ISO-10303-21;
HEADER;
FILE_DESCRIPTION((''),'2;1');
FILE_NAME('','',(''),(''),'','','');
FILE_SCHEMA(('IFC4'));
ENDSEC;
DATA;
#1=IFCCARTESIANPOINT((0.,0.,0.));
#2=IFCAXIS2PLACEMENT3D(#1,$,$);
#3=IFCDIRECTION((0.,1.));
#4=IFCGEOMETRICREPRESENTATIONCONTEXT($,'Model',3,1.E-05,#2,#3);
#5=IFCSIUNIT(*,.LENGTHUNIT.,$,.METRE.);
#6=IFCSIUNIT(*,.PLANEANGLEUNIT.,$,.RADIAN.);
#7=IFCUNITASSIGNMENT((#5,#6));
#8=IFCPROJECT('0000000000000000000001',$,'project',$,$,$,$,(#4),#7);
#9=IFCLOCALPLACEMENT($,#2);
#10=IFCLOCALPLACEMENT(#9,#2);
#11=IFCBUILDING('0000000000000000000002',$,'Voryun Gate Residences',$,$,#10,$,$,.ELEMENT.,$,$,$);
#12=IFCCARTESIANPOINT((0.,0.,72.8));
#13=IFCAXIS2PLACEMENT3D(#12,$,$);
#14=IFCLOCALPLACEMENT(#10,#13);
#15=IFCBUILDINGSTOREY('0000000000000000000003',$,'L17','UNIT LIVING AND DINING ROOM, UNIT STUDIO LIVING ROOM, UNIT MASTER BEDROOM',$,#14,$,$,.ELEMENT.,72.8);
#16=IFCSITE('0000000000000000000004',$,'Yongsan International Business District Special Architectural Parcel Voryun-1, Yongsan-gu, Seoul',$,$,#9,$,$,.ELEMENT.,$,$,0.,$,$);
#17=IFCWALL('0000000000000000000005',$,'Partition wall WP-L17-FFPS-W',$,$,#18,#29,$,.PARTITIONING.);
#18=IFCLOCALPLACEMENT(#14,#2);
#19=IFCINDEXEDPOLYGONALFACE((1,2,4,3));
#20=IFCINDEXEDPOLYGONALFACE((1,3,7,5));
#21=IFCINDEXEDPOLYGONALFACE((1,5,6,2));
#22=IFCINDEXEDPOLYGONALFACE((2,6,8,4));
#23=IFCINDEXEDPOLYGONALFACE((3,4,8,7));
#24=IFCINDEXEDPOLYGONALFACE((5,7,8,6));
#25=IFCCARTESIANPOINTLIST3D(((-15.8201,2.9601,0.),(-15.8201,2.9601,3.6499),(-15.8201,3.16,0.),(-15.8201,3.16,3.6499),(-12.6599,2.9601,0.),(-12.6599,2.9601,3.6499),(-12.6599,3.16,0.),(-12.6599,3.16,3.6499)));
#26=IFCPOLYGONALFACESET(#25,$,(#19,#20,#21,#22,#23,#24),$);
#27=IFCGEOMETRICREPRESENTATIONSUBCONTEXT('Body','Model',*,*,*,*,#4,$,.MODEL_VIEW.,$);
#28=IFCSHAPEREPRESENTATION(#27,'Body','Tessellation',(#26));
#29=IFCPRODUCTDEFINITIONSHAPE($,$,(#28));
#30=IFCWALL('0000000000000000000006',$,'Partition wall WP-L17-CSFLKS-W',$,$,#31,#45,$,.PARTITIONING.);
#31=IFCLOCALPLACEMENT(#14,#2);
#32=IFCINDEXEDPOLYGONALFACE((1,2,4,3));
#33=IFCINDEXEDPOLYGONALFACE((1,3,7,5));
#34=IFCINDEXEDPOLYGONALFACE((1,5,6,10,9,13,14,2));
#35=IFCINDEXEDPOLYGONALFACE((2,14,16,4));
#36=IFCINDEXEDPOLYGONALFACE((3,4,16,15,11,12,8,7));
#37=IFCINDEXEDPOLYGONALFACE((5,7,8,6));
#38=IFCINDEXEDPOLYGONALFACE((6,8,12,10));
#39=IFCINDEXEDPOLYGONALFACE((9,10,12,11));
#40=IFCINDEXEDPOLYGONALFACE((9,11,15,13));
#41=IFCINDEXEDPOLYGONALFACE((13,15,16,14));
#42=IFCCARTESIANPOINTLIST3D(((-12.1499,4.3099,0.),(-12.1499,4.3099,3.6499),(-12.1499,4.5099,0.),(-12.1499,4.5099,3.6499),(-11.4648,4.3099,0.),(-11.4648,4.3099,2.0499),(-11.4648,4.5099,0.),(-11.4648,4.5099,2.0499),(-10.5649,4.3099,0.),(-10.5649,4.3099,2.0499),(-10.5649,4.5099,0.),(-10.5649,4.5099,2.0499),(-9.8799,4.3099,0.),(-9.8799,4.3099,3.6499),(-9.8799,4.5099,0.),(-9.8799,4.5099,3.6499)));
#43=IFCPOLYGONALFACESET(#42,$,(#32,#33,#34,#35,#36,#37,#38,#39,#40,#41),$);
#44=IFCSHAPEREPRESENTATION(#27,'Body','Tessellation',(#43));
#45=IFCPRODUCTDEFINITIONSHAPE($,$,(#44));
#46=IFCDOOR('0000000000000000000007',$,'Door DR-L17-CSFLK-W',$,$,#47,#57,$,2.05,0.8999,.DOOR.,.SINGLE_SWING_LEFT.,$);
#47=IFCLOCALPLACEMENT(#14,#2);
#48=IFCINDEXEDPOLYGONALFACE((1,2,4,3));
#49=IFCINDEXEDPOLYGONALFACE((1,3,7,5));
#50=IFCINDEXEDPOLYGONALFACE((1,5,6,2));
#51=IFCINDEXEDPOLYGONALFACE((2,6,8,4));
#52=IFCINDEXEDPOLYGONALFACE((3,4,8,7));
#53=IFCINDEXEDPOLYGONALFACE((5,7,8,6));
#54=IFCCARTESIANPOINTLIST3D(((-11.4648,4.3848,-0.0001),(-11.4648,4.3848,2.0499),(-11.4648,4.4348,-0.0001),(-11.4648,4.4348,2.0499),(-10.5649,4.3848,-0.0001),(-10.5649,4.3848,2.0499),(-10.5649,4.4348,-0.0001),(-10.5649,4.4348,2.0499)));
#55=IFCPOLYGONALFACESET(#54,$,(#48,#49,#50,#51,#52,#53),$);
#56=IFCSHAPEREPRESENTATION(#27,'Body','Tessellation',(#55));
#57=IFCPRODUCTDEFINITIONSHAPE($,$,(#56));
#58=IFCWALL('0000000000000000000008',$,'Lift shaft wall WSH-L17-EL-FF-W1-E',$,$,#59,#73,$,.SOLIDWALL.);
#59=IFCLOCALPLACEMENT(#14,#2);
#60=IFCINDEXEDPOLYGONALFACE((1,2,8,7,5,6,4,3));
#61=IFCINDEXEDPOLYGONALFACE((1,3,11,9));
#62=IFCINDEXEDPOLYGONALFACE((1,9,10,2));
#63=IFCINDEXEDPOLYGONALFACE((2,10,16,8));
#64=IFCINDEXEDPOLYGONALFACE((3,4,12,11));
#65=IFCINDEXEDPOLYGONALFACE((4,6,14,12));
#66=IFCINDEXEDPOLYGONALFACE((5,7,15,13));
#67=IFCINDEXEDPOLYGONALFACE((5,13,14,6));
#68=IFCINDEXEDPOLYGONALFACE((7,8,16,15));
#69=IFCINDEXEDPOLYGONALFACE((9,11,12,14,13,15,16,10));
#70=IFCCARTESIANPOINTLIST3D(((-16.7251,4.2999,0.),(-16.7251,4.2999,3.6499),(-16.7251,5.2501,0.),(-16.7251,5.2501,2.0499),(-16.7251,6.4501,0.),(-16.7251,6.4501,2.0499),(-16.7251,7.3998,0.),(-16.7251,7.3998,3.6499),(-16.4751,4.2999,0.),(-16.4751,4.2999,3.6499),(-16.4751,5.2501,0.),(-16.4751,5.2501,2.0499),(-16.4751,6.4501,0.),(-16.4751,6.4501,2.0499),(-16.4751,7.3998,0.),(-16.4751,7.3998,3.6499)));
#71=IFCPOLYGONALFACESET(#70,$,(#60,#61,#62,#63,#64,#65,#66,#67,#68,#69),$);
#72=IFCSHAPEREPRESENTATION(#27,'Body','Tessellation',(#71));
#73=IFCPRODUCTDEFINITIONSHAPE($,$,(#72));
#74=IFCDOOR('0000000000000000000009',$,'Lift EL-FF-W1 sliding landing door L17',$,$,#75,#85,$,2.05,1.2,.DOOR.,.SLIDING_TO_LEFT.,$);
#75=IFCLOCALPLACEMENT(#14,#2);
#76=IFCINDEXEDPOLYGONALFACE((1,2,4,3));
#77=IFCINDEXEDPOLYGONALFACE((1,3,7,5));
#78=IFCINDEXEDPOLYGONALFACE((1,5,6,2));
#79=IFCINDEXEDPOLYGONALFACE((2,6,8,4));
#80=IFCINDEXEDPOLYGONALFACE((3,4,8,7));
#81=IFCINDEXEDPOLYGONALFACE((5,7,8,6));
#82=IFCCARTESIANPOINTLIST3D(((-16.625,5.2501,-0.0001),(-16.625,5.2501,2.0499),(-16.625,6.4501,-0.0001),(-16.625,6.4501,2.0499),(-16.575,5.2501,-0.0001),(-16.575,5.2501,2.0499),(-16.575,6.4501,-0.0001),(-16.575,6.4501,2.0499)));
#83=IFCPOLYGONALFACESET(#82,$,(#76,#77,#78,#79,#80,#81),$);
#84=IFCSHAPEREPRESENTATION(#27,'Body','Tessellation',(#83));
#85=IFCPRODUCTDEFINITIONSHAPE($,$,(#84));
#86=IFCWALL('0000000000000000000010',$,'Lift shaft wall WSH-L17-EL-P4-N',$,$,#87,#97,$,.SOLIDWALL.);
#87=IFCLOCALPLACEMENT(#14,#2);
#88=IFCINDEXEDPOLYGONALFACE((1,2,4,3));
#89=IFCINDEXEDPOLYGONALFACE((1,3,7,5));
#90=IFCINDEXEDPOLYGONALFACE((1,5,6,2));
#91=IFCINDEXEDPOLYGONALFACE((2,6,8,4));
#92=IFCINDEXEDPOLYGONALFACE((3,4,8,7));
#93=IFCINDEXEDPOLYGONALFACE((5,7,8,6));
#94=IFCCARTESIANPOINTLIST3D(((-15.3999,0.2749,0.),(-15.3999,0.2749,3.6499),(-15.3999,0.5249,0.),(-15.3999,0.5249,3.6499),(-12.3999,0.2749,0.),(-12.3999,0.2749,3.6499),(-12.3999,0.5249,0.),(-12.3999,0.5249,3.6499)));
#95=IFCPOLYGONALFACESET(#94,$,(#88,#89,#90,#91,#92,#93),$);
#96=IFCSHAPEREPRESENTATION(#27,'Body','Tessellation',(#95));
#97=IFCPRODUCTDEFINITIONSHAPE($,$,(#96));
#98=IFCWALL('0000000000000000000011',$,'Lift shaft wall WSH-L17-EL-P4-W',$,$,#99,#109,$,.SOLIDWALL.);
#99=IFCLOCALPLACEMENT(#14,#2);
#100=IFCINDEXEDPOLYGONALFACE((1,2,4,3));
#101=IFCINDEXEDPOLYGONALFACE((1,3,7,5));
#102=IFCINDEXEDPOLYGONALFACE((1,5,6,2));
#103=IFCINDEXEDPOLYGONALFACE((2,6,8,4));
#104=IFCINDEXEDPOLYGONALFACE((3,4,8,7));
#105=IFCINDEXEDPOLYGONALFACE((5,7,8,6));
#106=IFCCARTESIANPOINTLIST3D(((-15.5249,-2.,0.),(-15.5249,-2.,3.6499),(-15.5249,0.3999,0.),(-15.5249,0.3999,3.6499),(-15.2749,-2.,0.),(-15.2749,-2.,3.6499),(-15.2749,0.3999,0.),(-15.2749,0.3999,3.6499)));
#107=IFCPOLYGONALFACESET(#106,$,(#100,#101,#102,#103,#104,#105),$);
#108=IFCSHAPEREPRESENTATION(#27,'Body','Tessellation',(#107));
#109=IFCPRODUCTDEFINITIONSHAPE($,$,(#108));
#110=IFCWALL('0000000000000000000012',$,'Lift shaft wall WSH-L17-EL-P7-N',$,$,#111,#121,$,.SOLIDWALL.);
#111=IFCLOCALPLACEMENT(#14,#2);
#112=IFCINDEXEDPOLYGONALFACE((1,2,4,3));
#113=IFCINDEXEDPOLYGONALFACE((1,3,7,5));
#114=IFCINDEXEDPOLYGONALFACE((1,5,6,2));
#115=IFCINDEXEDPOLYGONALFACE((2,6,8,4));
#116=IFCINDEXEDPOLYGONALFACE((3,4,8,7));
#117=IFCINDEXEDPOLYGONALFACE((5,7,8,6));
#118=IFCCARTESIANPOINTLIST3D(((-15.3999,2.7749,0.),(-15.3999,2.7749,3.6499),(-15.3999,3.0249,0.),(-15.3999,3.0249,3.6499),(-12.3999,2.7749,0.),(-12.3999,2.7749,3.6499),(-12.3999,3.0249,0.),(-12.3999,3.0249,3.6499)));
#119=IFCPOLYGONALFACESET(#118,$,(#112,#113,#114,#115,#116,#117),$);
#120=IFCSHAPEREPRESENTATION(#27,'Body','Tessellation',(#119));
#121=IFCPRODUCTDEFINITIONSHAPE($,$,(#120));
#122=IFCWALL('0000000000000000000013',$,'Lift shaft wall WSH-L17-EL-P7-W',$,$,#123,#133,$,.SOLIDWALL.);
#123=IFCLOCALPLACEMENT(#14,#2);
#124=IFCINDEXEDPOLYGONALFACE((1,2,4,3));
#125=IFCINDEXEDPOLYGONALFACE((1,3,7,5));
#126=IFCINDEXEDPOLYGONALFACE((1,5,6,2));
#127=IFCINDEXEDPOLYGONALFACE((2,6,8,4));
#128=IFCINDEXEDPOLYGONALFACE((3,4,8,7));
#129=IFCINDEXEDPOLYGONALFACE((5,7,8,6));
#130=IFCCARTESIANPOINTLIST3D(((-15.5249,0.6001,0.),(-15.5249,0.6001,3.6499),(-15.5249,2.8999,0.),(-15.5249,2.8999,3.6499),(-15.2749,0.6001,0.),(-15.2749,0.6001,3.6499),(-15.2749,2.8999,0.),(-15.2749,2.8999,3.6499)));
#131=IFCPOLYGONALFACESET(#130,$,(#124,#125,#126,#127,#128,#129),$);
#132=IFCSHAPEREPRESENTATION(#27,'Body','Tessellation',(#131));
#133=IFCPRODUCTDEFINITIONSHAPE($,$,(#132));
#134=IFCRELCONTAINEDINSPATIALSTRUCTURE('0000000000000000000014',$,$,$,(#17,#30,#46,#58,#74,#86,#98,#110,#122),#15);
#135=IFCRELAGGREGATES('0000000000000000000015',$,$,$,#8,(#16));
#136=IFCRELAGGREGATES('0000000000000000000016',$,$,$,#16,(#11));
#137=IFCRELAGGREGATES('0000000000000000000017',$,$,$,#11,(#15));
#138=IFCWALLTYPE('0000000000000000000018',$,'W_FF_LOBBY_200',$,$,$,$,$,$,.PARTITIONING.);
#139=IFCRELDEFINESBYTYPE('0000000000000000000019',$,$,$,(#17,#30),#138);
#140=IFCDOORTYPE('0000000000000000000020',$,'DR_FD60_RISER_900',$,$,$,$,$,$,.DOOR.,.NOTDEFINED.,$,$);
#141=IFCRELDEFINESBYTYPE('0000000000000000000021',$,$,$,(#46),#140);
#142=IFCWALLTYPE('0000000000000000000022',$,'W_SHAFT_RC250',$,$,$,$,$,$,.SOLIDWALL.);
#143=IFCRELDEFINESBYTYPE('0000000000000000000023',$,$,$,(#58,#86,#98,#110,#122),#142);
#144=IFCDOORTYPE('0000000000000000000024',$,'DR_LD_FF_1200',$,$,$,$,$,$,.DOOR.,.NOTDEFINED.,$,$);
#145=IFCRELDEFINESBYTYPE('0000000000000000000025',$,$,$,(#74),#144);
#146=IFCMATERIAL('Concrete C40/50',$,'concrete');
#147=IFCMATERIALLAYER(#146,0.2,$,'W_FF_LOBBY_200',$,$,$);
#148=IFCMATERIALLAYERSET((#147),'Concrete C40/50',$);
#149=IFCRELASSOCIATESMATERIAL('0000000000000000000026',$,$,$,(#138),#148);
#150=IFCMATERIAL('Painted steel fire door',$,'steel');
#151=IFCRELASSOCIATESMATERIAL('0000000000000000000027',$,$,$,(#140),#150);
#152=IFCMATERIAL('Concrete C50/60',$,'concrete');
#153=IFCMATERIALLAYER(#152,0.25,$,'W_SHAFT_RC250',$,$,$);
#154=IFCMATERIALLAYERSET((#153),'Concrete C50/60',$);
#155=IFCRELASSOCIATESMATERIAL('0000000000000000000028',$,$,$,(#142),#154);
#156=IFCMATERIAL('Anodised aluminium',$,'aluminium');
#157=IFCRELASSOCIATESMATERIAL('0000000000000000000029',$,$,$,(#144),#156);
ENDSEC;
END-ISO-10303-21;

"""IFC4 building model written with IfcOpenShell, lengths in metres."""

from ifc_helpers import new_model, si_unit, direction, frame, frame_2d, origin, place, context, subcontext, project, spatial, rectangle, extrude, material, layer, layer_set, type_object, element, fill, save


model = new_model("IFC4")

# Units and contexts
model_context = context("Model", 3, precision=1e-05, world=origin(), true_north=direction((0.0, 1.0)))
body_context = subcontext(model_context, "Body", "Model", "MODEL_VIEW")
ifc_project = project(units=[si_unit("LENGTHUNIT", "METRE"), si_unit("PLANEANGLEUNIT", "RADIAN")], contexts=[model_context])

# Site, building, storey
site_placement = place(None, origin())
site = spatial("IfcSite", under=ifc_project, at=site_placement, Name="Yongsan International Business District Special Architectural Parcel Voryun-1, Yongsan-gu, Seoul", CompositionType="ELEMENT", RefElevation=0.0)
building_placement = place(site_placement, origin())
building = spatial("IfcBuilding", under=site, at=building_placement, Name="Voryun Gate Residences", CompositionType="ELEMENT")
storey_placement = place(building_placement, frame((0.0, 0.0, 72.8)))
storey = spatial("IfcBuildingStorey", under=building, at=storey_placement, Name="L17", Description="UNIT LIVING AND DINING ROOM, UNIT STUDIO LIVING ROOM, UNIT MASTER BEDROOM", CompositionType="ELEMENT", Elevation=72.8)

# Wall
ifc_material_1 = material(Name="Concrete C40/50", Category="concrete")
ifc_layer_1 = layer(ifc_material_1, 0.2, Name="W_FF_LOBBY_200")
ifc_layer_set_1 = layer_set([ifc_layer_1], Name="Concrete C40/50")
wall_type_1 = type_object("IfcWallType", Name="W_FF_LOBBY_200", PredefinedType="PARTITIONING", material=ifc_layer_set_1)
wall_1_placement = place(storey_placement, frame((-15.8201, 3.0601, 0.0), z_axis=(0.0, 0.0, 1.0), x_axis=(1.0, 0.0, 0.0)))
element("IfcWall", 1, at=wall_1_placement, inside=storey, type_object=wall_type_1, Name="Partition wall WP-L17-FFPS-W", PredefinedType="PARTITIONING", context=body_context, shape_type="SweptSolid", body=[
    extrude(rectangle(XDim=3.1602, YDim=0.2, at=frame_2d((1.5801, 0.0))), origin(), (0.0, 0.0, 1.0), 3.6499),
])

# Walls, openings, doors
wall_2_placement = place(storey_placement, frame((-12.1499, 4.4099, 0.0), z_axis=(0.0, 0.0, 1.0), x_axis=(1.0, 0.0, 0.0)))
wall_2 = element("IfcWall", 2, at=wall_2_placement, inside=storey, type_object=wall_type_1, Name="Partition wall WP-L17-CSFLKS-W", PredefinedType="PARTITIONING", context=body_context, shape_type="SweptSolid", body=[
    extrude(rectangle(XDim=2.27, YDim=0.2, at=frame_2d((1.135, 0.0))), origin(), (0.0, 0.0, 1.0), 3.6499),
])
opening_1_placement = place(wall_2_placement, frame((0.6851, 0.0, 0.0)))
opening_1 = element("IfcOpeningElement", 3, at=opening_1_placement, cuts=wall_2, PredefinedType="OPENING", context=body_context, shape_type="SweptSolid", body=[
    extrude(rectangle(XDim=0.8999, YDim=2.05, at=frame_2d((0.45, 1.0249))), frame((0.0, 0.1101, 0.0), z_axis=(0.0, -1.0, 0.0), x_axis=(1.0, 0.0, 0.0)), (0.0, 0.0, 1.0), 0.22),
])
ifc_material_2 = material(Name="Painted steel fire door", Category="steel")
door_type_1 = type_object("IfcDoorType", Name="DR_FD60_RISER_900", OperationType="NOTDEFINED", PredefinedType="DOOR", material=ifc_material_2)
door_1_placement = place(opening_1_placement, origin())
door_1 = element("IfcDoor", 4, at=door_1_placement, inside=storey, type_object=door_type_1, Name="Door DR-L17-CSFLK-W", OperationType="SINGLE_SWING_LEFT", OverallHeight=2.05, OverallWidth=0.8999, PredefinedType="DOOR", context=body_context, shape_type="SweptSolid", body=[
    extrude(rectangle(XDim=0.8999, YDim=2.05, at=frame_2d((0.45, 1.0249))), frame((0.0, 0.0249, 0.0), z_axis=(0.0, -1.0, 0.0), x_axis=(1.0, 0.0, 0.0)), (0.0, 0.0, 1.0), 0.05),
])
fill(opening_1, door_1)
ifc_material_3 = material(Name="Concrete C50/60", Category="concrete")
ifc_layer_2 = layer(ifc_material_3, 0.25, Name="W_SHAFT_RC250")
ifc_layer_set_2 = layer_set([ifc_layer_2], Name="Concrete C50/60")
wall_type_2 = type_object("IfcWallType", Name="W_SHAFT_RC250", PredefinedType="SOLIDWALL", material=ifc_layer_set_2)
wall_3_placement = place(storey_placement, frame((-16.6001, 4.3, 0.0), z_axis=(0.0, 0.0, 1.0), x_axis=(0.0, 1.0, 0.0)))
wall_3 = element("IfcWall", 5, at=wall_3_placement, inside=storey, type_object=wall_type_2, Name="Lift shaft wall WSH-L17-EL-FF-W1-E", PredefinedType="SOLIDWALL", context=body_context, shape_type="SweptSolid", body=[
    extrude(rectangle(XDim=3.0999, YDim=0.25, at=frame_2d((1.5498, 0.0))), origin(), (0.0, 0.0, 1.0), 3.6499),
])
opening_2_placement = place(wall_3_placement, frame((0.95, 0.0, 0.0)))
opening_2 = element("IfcOpeningElement", 6, at=opening_2_placement, cuts=wall_3, PredefinedType="OPENING", context=body_context, shape_type="SweptSolid", body=[
    extrude(rectangle(XDim=1.2, YDim=2.05, at=frame_2d((0.6001, 1.0249))), frame((0.0, 0.135, 0.0), z_axis=(0.0, -1.0, 0.0), x_axis=(1.0, 0.0, 0.0)), (0.0, 0.0, 1.0), 0.27),
])
ifc_material_4 = material(Name="Anodised aluminium", Category="aluminium")
door_type_2 = type_object("IfcDoorType", Name="DR_LD_FF_1200", OperationType="NOTDEFINED", PredefinedType="DOOR", material=ifc_material_4)
door_2_placement = place(opening_2_placement, origin())
door_2 = element("IfcDoor", 7, at=door_2_placement, inside=storey, type_object=door_type_2, Name="Lift EL-FF-W1 sliding landing door L17", OperationType="SLIDING_TO_LEFT", OverallHeight=2.05, OverallWidth=1.2, PredefinedType="DOOR", context=body_context, shape_type="SweptSolid", body=[
    extrude(rectangle(XDim=1.2, YDim=2.05, at=frame_2d((0.6001, 1.0249))), frame((0.0, 0.0249, 0.0), z_axis=(0.0, -1.0, 0.0), x_axis=(1.0, 0.0, 0.0)), (0.0, 0.0, 1.0), 0.05),
])
fill(opening_2, door_2)

# Walls
wall_4_placement = place(storey_placement, frame((-12.3999, 0.3999, 0.0), z_axis=(0.0, 0.0, 1.0), x_axis=(-1.0, 0.0, 0.0)))
element("IfcWall", 8, at=wall_4_placement, inside=storey, type_object=wall_type_2, Name="Lift shaft wall WSH-L17-EL-P4-N", PredefinedType="SOLIDWALL", context=body_context, shape_type="SweptSolid", body=[
    extrude(rectangle(XDim=3.0, YDim=0.25, at=frame_2d((1.5, 0.0))), origin(), (0.0, 0.0, 1.0), 3.6499),
])
wall_5_placement = place(storey_placement, frame((-15.3999, 0.3999, 0.0), z_axis=(0.0, 0.0, 1.0), x_axis=(0.0, -1.0, 0.0)))
element("IfcWall", 9, at=wall_5_placement, inside=storey, type_object=wall_type_2, Name="Lift shaft wall WSH-L17-EL-P4-W", PredefinedType="SOLIDWALL", context=body_context, shape_type="SweptSolid", body=[
    extrude(rectangle(XDim=2.3999, YDim=0.25, at=frame_2d((1.2, 0.0))), origin(), (0.0, 0.0, 1.0), 3.6499),
])
wall_6_placement = place(storey_placement, frame((-12.3999, 2.8999, 0.0), z_axis=(0.0, 0.0, 1.0), x_axis=(-1.0, 0.0, 0.0)))
element("IfcWall", 10, at=wall_6_placement, inside=storey, type_object=wall_type_2, Name="Lift shaft wall WSH-L17-EL-P7-N", PredefinedType="SOLIDWALL", context=body_context, shape_type="SweptSolid", body=[
    extrude(rectangle(XDim=3.0, YDim=0.25, at=frame_2d((1.5, 0.0))), origin(), (0.0, 0.0, 1.0), 3.6499),
])
wall_7_placement = place(storey_placement, frame((-15.3999, 2.8999, 0.0), z_axis=(0.0, 0.0, 1.0), x_axis=(0.0, -1.0, 0.0)))
element("IfcWall", 11, at=wall_7_placement, inside=storey, type_object=wall_type_2, Name="Lift shaft wall WSH-L17-EL-P7-W", PredefinedType="SOLIDWALL", context=body_context, shape_type="SweptSolid", body=[
    extrude(rectangle(XDim=2.2998, YDim=0.25, at=frame_2d((1.1499, 0.0))), origin(), (0.0, 0.0, 1.0), 3.6499),
])

save(model, "model.ifc")
